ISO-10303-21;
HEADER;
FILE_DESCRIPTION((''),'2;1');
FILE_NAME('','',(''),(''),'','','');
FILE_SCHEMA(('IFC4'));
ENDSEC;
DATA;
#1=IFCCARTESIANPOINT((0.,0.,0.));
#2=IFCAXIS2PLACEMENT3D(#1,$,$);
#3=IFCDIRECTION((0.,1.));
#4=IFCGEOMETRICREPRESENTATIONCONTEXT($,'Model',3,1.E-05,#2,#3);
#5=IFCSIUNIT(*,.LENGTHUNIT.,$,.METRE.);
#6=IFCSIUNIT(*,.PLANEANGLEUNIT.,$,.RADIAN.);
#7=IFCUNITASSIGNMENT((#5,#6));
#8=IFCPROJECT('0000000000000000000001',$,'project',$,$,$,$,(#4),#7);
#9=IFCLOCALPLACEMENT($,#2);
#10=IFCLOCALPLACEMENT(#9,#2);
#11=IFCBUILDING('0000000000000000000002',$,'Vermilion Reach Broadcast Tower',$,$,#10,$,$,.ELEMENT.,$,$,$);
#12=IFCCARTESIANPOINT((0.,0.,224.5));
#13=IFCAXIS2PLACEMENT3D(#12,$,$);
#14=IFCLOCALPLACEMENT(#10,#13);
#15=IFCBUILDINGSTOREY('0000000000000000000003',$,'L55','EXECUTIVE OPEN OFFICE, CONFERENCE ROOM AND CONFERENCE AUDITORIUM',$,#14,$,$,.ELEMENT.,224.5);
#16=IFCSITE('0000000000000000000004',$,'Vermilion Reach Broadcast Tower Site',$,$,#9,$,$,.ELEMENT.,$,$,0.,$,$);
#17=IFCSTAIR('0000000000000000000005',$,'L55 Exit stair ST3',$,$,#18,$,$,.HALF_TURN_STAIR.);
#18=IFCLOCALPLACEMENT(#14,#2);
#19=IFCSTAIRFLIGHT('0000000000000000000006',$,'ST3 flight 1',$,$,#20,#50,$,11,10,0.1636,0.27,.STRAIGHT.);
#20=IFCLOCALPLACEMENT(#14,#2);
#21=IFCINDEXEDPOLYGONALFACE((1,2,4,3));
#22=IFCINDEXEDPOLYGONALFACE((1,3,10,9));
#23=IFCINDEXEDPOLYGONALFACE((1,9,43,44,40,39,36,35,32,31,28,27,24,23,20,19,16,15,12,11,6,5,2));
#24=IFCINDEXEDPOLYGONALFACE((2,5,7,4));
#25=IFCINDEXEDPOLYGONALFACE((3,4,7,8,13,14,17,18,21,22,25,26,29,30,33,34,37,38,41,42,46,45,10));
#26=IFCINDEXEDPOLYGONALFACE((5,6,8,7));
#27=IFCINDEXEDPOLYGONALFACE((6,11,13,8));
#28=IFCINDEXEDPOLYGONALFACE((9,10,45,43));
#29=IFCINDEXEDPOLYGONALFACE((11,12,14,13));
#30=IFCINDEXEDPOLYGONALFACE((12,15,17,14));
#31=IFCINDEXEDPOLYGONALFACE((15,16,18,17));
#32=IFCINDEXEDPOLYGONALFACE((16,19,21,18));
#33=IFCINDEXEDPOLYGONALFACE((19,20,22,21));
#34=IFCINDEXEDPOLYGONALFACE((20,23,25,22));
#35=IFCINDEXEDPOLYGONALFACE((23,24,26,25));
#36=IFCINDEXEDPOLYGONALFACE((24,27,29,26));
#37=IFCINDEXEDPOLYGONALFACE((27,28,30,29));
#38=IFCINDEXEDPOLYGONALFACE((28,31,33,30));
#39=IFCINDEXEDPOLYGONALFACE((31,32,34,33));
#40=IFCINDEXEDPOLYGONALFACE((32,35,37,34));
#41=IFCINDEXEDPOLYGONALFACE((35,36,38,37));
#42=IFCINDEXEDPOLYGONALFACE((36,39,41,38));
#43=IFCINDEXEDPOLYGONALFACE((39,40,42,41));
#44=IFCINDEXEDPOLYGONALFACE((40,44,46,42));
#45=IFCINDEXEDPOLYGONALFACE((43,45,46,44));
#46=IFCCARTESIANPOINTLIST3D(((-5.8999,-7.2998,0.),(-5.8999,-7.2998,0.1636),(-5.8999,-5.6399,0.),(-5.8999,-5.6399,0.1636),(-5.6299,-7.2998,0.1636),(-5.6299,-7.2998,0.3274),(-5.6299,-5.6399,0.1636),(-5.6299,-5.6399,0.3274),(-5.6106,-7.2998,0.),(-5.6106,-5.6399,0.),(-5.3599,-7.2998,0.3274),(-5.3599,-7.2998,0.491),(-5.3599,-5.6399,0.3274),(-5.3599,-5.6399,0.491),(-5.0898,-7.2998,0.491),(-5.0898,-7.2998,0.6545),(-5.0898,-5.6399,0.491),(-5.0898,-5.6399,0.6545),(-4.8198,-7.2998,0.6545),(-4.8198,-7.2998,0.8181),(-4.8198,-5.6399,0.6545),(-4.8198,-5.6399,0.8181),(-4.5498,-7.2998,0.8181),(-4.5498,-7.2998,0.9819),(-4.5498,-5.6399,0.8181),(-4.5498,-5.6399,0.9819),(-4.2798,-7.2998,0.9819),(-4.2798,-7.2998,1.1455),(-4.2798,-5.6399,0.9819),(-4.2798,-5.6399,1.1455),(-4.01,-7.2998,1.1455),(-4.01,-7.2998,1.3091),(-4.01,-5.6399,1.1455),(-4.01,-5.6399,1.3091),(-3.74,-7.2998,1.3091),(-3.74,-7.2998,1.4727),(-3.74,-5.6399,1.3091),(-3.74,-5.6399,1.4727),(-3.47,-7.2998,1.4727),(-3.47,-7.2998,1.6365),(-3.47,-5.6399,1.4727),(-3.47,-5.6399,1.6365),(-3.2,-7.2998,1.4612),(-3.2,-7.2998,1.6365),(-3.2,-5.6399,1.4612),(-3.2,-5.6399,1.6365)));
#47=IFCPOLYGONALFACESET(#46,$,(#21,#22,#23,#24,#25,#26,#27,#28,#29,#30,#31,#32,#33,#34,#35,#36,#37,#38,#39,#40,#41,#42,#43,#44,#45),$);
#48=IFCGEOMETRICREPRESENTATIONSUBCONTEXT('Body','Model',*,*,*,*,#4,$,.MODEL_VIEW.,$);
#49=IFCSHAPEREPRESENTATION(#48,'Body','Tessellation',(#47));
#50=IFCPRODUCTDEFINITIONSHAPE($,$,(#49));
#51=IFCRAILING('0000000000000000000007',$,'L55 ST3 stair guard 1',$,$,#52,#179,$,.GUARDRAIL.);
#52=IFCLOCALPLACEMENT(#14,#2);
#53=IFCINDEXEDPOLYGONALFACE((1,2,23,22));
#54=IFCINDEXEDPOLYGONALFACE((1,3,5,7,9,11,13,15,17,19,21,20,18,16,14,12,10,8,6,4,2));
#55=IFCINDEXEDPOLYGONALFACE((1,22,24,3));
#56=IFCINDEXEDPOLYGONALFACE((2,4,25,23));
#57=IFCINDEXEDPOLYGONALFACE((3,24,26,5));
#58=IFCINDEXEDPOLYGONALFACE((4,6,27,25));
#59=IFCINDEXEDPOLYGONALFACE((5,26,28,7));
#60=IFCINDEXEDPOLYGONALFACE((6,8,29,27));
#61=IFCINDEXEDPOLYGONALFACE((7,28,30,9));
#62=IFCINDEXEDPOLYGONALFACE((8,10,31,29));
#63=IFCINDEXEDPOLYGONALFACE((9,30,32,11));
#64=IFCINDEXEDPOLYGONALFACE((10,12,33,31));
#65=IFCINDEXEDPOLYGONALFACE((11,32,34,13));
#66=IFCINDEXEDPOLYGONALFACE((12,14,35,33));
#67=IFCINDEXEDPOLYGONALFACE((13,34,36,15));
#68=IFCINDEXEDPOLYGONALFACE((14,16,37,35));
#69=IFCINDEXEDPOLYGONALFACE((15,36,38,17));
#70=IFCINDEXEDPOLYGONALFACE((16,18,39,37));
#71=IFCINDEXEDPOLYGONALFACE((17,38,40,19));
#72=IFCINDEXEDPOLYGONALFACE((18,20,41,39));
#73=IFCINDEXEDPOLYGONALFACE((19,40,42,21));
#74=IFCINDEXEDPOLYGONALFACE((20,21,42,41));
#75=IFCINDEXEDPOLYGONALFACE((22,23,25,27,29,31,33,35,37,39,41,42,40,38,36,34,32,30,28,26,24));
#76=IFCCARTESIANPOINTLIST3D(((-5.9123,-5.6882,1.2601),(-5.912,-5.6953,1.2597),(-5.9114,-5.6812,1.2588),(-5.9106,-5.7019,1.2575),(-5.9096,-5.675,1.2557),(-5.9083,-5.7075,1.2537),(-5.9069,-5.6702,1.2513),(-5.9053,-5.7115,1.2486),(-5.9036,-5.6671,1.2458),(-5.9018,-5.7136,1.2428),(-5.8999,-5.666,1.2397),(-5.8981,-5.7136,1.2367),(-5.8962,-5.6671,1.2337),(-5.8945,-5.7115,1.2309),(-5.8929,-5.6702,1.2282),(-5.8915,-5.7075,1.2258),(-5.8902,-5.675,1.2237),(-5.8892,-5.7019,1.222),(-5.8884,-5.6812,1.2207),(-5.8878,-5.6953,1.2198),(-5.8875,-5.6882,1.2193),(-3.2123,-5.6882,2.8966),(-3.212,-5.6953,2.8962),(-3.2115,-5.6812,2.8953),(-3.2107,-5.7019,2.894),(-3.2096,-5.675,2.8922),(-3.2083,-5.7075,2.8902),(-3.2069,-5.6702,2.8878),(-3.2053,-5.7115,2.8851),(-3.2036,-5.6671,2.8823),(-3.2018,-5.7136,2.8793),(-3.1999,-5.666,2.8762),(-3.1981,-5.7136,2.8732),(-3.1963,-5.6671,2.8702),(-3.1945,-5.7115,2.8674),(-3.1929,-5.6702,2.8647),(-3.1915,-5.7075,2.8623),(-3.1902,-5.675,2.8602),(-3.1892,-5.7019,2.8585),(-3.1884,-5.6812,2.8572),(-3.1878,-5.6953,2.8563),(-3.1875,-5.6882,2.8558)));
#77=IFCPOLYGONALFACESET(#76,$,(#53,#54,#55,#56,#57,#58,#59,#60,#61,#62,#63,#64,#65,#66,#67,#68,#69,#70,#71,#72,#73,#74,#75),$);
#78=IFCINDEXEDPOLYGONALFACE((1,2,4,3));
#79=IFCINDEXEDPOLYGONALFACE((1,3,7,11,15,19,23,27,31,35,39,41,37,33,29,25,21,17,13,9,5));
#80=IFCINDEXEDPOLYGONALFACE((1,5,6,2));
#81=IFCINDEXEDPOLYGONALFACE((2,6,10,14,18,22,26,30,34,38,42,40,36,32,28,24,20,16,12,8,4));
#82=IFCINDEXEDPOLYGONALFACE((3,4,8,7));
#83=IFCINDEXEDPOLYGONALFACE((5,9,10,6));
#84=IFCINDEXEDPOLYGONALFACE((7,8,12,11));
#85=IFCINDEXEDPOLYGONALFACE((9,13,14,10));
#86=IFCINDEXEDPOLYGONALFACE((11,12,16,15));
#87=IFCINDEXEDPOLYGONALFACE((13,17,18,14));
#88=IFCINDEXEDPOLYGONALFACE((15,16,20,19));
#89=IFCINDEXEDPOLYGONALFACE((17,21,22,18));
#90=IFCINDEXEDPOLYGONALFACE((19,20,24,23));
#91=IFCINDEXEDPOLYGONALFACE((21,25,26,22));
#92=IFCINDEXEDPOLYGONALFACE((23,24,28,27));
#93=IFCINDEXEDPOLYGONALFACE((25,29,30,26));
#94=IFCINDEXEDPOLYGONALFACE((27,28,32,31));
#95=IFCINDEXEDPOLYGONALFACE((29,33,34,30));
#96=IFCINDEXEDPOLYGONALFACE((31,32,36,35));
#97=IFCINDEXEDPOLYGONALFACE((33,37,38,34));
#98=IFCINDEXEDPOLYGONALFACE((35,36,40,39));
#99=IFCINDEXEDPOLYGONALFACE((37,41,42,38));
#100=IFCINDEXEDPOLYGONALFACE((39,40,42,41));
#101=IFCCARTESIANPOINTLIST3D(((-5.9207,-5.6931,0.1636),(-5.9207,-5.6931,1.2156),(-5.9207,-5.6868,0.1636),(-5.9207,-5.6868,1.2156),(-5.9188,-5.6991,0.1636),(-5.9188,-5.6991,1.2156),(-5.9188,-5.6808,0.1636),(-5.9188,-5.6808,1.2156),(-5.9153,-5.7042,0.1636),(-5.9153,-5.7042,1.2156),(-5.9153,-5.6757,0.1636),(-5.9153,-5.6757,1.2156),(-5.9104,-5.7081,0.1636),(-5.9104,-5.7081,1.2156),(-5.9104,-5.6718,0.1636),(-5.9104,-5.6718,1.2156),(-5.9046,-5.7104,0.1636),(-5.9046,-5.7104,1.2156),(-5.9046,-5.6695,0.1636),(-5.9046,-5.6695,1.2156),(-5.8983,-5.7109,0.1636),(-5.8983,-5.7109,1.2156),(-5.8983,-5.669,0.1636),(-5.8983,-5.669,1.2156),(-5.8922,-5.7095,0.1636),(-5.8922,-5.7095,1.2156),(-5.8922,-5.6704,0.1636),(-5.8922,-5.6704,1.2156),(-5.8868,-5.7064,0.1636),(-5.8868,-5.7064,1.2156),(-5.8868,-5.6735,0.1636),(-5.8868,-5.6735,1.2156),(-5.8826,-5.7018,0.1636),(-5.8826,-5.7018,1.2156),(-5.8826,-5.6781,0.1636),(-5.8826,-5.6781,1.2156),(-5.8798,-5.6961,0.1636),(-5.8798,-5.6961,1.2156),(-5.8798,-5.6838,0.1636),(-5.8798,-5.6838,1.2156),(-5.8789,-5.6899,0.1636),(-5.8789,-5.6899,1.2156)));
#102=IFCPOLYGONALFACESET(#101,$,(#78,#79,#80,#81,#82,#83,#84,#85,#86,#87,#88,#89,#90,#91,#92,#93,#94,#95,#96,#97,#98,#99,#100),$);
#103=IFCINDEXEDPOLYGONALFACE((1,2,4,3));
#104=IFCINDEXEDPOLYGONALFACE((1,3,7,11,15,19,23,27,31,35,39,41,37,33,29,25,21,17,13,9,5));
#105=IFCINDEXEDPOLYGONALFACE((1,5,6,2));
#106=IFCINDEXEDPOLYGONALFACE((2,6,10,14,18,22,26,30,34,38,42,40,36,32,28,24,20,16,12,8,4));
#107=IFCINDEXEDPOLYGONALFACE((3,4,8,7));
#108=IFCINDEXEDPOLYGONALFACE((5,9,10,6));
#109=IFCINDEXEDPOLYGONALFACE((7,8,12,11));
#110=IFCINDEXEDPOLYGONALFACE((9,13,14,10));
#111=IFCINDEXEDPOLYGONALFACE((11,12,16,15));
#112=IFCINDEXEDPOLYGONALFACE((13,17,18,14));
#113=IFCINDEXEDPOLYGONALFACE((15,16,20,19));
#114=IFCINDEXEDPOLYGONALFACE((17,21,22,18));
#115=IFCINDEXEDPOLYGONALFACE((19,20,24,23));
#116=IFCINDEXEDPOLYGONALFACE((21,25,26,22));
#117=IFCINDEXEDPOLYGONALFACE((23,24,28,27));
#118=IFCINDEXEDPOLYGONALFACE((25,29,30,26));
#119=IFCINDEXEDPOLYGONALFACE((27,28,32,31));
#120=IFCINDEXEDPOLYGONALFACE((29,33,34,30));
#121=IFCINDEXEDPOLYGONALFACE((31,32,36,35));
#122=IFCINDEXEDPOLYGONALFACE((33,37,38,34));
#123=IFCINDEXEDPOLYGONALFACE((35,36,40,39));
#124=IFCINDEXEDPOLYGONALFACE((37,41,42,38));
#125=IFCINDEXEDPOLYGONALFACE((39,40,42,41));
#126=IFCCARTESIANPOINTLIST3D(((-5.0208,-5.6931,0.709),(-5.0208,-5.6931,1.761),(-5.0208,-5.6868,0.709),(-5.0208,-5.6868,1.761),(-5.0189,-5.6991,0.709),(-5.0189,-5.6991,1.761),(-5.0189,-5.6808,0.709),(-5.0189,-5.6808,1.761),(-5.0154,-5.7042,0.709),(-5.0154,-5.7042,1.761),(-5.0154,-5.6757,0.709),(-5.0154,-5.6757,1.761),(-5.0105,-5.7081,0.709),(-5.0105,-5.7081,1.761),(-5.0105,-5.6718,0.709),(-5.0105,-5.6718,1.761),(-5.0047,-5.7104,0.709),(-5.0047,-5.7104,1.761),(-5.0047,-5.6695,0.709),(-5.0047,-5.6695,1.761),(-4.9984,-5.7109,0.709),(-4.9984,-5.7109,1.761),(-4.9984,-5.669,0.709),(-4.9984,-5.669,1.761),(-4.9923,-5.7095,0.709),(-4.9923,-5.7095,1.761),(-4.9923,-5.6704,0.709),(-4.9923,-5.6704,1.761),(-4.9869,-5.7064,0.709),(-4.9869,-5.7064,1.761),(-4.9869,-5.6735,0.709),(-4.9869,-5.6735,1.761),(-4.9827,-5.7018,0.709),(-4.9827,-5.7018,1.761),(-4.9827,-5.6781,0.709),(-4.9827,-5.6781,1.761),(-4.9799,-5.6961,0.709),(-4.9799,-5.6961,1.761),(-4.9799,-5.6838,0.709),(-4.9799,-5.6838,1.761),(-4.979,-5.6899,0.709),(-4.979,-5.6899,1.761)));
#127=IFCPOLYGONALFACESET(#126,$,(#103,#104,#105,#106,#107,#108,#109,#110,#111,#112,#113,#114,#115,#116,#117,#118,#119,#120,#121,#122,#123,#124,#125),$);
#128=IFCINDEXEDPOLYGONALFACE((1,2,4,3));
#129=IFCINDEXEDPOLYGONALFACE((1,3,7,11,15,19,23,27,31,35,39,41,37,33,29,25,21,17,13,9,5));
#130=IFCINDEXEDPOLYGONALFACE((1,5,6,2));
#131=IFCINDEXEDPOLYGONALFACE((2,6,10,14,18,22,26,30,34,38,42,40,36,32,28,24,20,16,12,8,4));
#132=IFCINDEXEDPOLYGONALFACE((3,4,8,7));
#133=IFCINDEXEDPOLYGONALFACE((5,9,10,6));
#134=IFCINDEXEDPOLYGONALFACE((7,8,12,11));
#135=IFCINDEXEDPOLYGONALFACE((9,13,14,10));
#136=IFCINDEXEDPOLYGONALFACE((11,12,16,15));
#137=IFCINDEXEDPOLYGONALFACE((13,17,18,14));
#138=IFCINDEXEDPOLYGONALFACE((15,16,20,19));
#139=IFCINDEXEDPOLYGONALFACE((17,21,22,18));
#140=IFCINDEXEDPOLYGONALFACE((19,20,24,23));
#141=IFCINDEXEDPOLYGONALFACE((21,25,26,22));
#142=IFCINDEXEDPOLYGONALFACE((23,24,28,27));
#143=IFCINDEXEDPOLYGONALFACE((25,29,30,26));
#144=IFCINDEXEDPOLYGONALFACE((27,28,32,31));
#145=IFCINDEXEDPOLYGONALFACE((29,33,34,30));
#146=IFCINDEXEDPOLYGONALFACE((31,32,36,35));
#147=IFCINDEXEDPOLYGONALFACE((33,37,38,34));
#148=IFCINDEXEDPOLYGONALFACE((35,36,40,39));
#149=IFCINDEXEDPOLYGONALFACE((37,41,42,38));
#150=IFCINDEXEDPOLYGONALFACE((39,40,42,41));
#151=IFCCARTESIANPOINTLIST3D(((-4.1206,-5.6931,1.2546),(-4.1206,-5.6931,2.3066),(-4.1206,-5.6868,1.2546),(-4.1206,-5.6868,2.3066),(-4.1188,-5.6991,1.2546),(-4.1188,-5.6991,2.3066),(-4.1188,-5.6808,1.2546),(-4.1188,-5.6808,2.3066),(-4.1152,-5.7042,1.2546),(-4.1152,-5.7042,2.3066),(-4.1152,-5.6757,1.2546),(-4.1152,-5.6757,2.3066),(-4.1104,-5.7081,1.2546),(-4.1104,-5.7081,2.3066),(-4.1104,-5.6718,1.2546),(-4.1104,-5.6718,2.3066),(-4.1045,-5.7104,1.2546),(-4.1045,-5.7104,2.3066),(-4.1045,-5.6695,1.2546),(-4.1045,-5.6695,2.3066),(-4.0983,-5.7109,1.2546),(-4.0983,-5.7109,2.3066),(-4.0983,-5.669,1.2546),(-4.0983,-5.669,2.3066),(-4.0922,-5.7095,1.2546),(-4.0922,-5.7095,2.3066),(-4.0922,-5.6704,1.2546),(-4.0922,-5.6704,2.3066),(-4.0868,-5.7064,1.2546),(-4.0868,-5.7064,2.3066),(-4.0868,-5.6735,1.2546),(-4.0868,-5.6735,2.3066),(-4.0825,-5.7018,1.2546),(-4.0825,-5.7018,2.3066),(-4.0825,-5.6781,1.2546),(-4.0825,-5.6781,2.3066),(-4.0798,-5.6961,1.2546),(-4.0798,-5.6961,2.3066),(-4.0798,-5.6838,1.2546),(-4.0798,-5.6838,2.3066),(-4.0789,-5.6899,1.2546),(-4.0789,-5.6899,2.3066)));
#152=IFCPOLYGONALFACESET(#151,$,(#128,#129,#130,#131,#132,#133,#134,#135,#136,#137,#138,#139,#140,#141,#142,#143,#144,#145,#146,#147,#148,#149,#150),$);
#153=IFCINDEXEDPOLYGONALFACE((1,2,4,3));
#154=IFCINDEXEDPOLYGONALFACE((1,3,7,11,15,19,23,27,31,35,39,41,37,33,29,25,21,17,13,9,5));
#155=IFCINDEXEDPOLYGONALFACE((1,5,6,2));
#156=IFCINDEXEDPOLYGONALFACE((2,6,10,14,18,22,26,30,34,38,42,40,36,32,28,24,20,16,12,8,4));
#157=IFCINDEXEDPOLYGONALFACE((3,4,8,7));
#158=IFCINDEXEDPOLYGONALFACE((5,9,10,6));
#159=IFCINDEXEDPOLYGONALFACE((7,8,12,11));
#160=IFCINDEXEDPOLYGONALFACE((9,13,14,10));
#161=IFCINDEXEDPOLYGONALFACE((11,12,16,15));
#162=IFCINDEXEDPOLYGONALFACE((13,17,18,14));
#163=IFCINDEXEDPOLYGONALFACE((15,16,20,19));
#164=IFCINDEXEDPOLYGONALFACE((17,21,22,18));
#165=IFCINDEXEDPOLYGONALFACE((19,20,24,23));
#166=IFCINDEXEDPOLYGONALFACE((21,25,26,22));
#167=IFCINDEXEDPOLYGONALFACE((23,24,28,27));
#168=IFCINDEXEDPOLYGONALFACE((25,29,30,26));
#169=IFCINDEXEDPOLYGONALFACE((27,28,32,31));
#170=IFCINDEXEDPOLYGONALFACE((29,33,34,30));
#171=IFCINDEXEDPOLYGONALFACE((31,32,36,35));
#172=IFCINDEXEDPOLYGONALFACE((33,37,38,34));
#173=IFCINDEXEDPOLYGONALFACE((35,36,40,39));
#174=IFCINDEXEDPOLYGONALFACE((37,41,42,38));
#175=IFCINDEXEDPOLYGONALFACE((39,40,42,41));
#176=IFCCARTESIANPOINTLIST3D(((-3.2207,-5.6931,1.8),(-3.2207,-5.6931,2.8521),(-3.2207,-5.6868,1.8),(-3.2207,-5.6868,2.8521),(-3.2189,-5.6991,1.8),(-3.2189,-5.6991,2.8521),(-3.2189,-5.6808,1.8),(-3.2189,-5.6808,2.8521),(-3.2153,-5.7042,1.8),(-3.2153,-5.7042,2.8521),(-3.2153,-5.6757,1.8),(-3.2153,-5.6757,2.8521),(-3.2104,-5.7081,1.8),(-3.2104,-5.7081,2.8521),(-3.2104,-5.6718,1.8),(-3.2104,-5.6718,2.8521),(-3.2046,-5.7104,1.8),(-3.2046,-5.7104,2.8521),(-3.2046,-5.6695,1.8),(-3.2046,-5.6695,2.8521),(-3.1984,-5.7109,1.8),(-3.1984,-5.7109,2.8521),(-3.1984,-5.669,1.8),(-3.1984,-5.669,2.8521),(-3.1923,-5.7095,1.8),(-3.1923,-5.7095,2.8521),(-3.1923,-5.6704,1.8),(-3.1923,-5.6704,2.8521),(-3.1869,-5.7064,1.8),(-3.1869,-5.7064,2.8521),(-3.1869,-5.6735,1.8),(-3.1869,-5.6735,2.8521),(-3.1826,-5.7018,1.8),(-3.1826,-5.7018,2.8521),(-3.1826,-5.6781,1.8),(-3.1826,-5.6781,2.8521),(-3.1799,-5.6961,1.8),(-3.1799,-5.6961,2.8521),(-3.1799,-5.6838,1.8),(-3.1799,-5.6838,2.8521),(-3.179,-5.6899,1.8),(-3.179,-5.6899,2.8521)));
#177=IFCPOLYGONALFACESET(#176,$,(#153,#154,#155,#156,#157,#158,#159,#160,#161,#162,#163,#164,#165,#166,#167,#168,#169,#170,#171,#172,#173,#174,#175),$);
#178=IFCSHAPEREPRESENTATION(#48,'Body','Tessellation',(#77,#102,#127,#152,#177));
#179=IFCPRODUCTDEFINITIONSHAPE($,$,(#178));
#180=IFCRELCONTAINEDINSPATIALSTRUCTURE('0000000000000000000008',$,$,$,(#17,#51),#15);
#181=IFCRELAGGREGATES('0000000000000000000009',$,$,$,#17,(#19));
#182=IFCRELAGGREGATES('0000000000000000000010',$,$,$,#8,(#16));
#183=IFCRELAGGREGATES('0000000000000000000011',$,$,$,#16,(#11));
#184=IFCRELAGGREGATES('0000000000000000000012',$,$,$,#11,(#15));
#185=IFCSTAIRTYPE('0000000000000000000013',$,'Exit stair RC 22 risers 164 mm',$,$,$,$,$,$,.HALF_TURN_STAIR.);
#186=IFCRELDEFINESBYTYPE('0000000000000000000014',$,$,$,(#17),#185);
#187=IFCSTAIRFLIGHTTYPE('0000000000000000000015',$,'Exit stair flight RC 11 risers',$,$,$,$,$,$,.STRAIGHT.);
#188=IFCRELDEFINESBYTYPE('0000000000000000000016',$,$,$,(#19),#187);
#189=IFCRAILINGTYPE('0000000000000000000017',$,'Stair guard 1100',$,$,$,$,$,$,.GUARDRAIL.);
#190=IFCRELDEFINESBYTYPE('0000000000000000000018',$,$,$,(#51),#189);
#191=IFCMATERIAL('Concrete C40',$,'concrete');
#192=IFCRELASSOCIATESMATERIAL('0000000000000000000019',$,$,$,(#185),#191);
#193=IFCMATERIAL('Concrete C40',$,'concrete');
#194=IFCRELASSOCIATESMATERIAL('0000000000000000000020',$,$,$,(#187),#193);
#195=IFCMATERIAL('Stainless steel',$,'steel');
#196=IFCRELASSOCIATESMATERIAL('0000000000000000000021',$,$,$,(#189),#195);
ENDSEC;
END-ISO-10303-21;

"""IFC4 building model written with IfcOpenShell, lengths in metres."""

from ifc_helpers import new_model, si_unit, direction, frame, origin, origin_2d, place, context, subcontext, project, spatial, polyline, circle, outline, extrude, material, type_object, element, aggregate, save


model = new_model("IFC4")

# Units and contexts
model_context = context("Model", 3, precision=1e-05, world=origin(), true_north=direction((0.0, 1.0)))
body_context = subcontext(model_context, "Body", "Model", "MODEL_VIEW")
ifc_project = project(units=[si_unit("LENGTHUNIT", "METRE"), si_unit("PLANEANGLEUNIT", "RADIAN")], contexts=[model_context])

# Site, building, storey
site_placement = place(None, origin())
site = spatial("IfcSite", under=ifc_project, at=site_placement, Name="Vermilion Reach Broadcast Tower Site", CompositionType="ELEMENT", RefElevation=0.0)
building_placement = place(site_placement, origin())
building = spatial("IfcBuilding", under=site, at=building_placement, Name="Vermilion Reach Broadcast Tower", CompositionType="ELEMENT")
storey_placement = place(building_placement, frame((0.0, 0.0, 224.5)))
storey = spatial("IfcBuildingStorey", under=building, at=storey_placement, Name="L55", Description="EXECUTIVE OPEN OFFICE, CONFERENCE ROOM AND CONFERENCE AUDITORIUM", CompositionType="ELEMENT", Elevation=224.5)

# Stair, stair flight
ifc_material_1 = material(Name="Concrete C40", Category="concrete")
stair_type = type_object("IfcStairType", Name="Exit stair RC 22 risers 164 mm", PredefinedType="HALF_TURN_STAIR", material=ifc_material_1)
stair_placement = place(storey_placement, origin())
stair = element("IfcStair", 1, at=stair_placement, inside=storey, type_object=stair_type, Name="L55 Exit stair ST3", PredefinedType="HALF_TURN_STAIR")
ifc_material_2 = material(Name="Concrete C40", Category="concrete")
stair_flight_type = type_object("IfcStairFlightType", Name="Exit stair flight RC 11 risers", PredefinedType="STRAIGHT", material=ifc_material_2)
stair_flight_placement = place(storey_placement, frame((-5.8999, -6.47, 0.0), z_axis=(0.0, 0.0, 1.0), x_axis=(1.0, 0.0, 0.0)))
stair_flight = element("IfcStairFlight", 2, at=stair_flight_placement, type_object=stair_flight_type, Name="ST3 flight 1", NumberOfRisers=11, NumberOfTreads=10, PredefinedType="STRAIGHT", RiserHeight=0.1636, TreadLength=0.27, context=body_context, shape_type="SweptSolid", body=[
    extrude(outline(polyline([(0.0, 0.0), (0.0, 0.1636), (0.27, 0.1636), (0.27, 0.3274), (0.54, 0.3274), (0.54, 0.491), (0.8101, 0.491), (0.8101, 0.6545), (1.0801, 0.6545), (1.0801, 0.8181), (1.3501, 0.8181), (1.3501, 0.9819), (1.6201, 0.9819), (1.6201, 1.1455), (1.8899, 1.1455), (1.8899, 1.3091), (2.1599, 1.3091), (2.1599, 1.4727), (2.4299, 1.4727), (2.4299, 1.6365), (2.7, 1.6365), (2.7, 1.8), (2.7, 1.4612), (0.2893, 0.0), (0.0, 0.0)])), frame((0.0, 0.8301, 0.0), z_axis=(0.0, -1.0, 0.0), x_axis=(1.0, 0.0, 0.0)), (0.0, 0.0, 1.0), 1.6599),
])
aggregate(stair, [stair_flight])

# Railing
ifc_material_3 = material(Name="Stainless steel", Category="steel")
railing_type_1 = type_object("IfcRailingType", Name="Stair guard 1100", PredefinedType="GUARDRAIL", material=ifc_material_3)
railing_1_placement = place(storey_placement, frame((-5.8999, -5.6899, 0.1636)))
element("IfcRailing", 3, at=railing_1_placement, inside=storey, type_object=railing_type_1, Name="L55 ST3 stair guard 1", PredefinedType="GUARDRAIL", context=body_context, shape_type="SweptSolid", body=[
    extrude(circle(Radius=0.0239, at=origin_2d()), frame((0.0, 0.0, 1.0762), z_axis=(0.855178, 0.0, 0.518334), x_axis=(0.0, 1.0, 0.0)), (0.0, 0.0, 1.0), 3.1572),
    extrude(circle(Radius=0.021, at=origin_2d()), origin(), (0.0, 0.0, 1.0), 1.052),
    extrude(circle(Radius=0.021, at=origin_2d()), frame((0.8999, 0.0, 0.5454)), (0.0, 0.0, 1.0), 1.052),
    extrude(circle(Radius=0.021, at=origin_2d()), frame((1.8, 0.0, 1.0911)), (0.0, 0.0, 1.0), 1.052),
    extrude(circle(Radius=0.021, at=origin_2d()), frame((2.7, 0.0, 1.6365)), (0.0, 0.0, 1.0), 1.052),
])

save(model, "model.ifc")
